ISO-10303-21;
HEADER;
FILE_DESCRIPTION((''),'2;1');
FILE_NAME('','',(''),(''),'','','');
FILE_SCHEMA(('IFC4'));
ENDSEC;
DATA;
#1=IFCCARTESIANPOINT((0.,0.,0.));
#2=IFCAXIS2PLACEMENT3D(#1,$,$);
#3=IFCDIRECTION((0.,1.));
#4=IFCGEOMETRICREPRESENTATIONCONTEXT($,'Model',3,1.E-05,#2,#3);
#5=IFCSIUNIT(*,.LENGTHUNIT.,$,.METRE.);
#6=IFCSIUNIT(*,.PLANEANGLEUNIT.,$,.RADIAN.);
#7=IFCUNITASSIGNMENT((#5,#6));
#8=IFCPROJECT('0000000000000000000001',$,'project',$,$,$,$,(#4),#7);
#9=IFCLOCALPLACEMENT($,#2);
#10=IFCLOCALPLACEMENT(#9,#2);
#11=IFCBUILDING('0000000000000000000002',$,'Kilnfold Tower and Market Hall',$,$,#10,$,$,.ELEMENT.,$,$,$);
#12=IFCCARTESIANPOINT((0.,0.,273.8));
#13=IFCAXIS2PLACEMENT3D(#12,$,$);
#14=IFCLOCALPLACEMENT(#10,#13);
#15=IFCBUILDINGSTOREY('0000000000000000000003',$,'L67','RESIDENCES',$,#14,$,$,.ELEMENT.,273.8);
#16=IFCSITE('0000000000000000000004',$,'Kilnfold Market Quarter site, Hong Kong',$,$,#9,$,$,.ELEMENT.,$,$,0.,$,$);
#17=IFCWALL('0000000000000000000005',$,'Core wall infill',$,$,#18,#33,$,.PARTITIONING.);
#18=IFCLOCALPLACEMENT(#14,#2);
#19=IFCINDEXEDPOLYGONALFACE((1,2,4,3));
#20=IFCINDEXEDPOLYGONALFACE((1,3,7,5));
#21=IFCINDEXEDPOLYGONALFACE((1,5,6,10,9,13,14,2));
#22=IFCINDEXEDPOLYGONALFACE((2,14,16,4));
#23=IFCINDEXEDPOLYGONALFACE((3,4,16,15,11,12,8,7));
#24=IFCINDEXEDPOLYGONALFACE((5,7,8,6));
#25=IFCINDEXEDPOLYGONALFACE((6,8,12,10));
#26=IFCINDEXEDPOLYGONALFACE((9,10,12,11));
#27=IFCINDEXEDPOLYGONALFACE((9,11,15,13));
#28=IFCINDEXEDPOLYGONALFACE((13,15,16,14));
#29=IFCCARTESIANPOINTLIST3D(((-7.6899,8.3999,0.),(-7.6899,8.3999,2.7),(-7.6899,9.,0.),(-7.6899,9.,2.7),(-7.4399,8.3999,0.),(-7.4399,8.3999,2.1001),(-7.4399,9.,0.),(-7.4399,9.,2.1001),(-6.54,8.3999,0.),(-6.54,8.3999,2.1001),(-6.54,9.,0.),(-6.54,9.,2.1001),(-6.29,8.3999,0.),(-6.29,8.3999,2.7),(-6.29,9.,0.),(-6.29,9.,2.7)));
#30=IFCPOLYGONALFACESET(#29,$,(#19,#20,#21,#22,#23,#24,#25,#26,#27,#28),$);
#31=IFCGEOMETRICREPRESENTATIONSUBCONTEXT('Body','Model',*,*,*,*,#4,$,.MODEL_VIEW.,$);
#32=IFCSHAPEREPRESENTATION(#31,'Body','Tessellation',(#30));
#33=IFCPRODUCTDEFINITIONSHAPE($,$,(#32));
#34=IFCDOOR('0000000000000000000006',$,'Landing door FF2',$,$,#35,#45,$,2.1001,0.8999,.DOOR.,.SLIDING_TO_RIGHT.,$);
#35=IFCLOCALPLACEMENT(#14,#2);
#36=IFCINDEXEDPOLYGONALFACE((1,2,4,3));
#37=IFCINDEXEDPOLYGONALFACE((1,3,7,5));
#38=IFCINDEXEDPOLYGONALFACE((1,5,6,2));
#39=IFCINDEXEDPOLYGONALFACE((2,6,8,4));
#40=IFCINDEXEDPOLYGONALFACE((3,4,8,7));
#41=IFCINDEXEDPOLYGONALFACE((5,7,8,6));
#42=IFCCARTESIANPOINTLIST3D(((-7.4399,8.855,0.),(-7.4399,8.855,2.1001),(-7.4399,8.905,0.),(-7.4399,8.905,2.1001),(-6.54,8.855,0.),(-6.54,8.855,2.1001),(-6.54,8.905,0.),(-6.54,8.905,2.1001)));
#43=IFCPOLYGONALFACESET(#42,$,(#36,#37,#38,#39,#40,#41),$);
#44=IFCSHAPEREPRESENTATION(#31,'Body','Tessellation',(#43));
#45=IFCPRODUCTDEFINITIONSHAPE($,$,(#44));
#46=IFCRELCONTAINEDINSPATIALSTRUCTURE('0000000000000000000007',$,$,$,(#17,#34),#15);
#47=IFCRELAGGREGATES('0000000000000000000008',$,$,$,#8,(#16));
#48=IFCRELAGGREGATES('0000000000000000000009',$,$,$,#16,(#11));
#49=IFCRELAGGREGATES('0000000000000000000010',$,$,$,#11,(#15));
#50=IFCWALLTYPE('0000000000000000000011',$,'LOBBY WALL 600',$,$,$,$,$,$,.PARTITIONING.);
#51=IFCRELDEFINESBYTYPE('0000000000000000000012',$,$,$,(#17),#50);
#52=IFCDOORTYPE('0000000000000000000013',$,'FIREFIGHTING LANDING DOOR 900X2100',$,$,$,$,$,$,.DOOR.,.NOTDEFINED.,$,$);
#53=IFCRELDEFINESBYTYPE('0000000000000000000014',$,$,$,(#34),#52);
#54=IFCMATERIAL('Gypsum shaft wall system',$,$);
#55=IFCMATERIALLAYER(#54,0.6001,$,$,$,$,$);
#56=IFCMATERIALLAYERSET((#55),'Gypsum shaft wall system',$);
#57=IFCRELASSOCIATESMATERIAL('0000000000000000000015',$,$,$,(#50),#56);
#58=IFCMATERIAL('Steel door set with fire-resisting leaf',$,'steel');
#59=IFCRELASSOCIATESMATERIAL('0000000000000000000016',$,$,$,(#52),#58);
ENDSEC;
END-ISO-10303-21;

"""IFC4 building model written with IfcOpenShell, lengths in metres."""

from ifc_helpers import new_model, si_unit, direction, frame, frame_2d, origin, place, context, subcontext, project, spatial, rectangle, extrude, source, transform, mapped, material, layer, layer_set, type_object, element, fill, save


model = new_model("IFC4")

# Units and contexts
model_context = context("Model", 3, precision=1e-05, world=origin(), true_north=direction((0.0, 1.0)))
body_context = subcontext(model_context, "Body", "Model", "MODEL_VIEW")
ifc_project = project(units=[si_unit("LENGTHUNIT", "METRE"), si_unit("PLANEANGLEUNIT", "RADIAN")], contexts=[model_context])

# Site, building, storey
site_placement = place(None, origin())
site = spatial("IfcSite", under=ifc_project, at=site_placement, Name="Kilnfold Market Quarter site, Hong Kong", CompositionType="ELEMENT", RefElevation=0.0)
building_placement = place(site_placement, origin())
building = spatial("IfcBuilding", under=site, at=building_placement, Name="Kilnfold Tower and Market Hall", CompositionType="ELEMENT")
storey_placement = place(building_placement, frame((0.0, 0.0, 273.8)))
storey = spatial("IfcBuildingStorey", under=building, at=storey_placement, Name="L67", Description="RESIDENCES", CompositionType="ELEMENT", Elevation=273.8)

# Wall, opening, door
ifc_material_1 = material(Name="Gypsum shaft wall system")
ifc_layer_1 = layer(ifc_material_1, 0.6001)
ifc_layer_set_1 = layer_set([ifc_layer_1], Name="Gypsum shaft wall system")
wall_type_1 = type_object("IfcWallType", Name="LOBBY WALL 600", PredefinedType="PARTITIONING", material=ifc_layer_set_1)
ifc_material_2 = material(Name="Steel door set with fire-resisting leaf", Category="steel")
door_type_1 = type_object("IfcDoorType", Name="FIREFIGHTING LANDING DOOR 900X2100", OperationType="NOTDEFINED", PredefinedType="DOOR", material=ifc_material_2)
shared_shape_1 = source(origin(), body_context, "Body", "SweptSolid", [
    extrude(rectangle(XDim=1.3999, YDim=0.6001, at=frame_2d((0.7, 0.0))), origin(), (0.0, 0.0, 1.0), 2.7),
])
wall_1_placement = place(storey_placement, frame((-7.6899, 8.7, 0.0), z_axis=(0.0, 0.0, 1.0), x_axis=(1.0, 0.0, 0.0)))
wall_1 = element("IfcWall", 1, at=wall_1_placement, inside=storey, type_object=wall_type_1, Name="Core wall infill", PredefinedType="PARTITIONING", context=body_context, shape_type="MappedRepresentation", body=[
    mapped(shared_shape_1, transform((0.0, 0.0, 0.0))),
])
opening_1_placement = place(wall_1_placement, frame((0.25, 0.0, 0.0)))
opening_1 = element("IfcOpeningElement", 2, at=opening_1_placement, cuts=wall_1, PredefinedType="OPENING", context=body_context, shape_type="SweptSolid", body=[
    extrude(rectangle(XDim=0.8999, YDim=2.1001, at=frame_2d((0.45, 1.05))), frame((0.0, 0.3101, 0.0), z_axis=(0.0, -1.0, 0.0), x_axis=(1.0, 0.0, 0.0)), (0.0, 0.0, 1.0), 0.6201),
])
door_1_placement = place(opening_1_placement, origin())
door_1 = element("IfcDoor", 3, at=door_1_placement, inside=storey, type_object=door_type_1, Name="Landing door FF2", OperationType="SLIDING_TO_RIGHT", OverallHeight=2.1001, OverallWidth=0.8999, PredefinedType="DOOR", context=body_context, shape_type="SweptSolid", body=[
    extrude(rectangle(XDim=0.8999, YDim=2.1001, at=frame_2d((0.45, 1.05))), frame((0.0, 0.2051, 0.0), z_axis=(0.0, -1.0, 0.0), x_axis=(1.0, 0.0, 0.0)), (0.0, 0.0, 1.0), 0.05),
])
fill(opening_1, door_1)

save(model, "model.ifc")
